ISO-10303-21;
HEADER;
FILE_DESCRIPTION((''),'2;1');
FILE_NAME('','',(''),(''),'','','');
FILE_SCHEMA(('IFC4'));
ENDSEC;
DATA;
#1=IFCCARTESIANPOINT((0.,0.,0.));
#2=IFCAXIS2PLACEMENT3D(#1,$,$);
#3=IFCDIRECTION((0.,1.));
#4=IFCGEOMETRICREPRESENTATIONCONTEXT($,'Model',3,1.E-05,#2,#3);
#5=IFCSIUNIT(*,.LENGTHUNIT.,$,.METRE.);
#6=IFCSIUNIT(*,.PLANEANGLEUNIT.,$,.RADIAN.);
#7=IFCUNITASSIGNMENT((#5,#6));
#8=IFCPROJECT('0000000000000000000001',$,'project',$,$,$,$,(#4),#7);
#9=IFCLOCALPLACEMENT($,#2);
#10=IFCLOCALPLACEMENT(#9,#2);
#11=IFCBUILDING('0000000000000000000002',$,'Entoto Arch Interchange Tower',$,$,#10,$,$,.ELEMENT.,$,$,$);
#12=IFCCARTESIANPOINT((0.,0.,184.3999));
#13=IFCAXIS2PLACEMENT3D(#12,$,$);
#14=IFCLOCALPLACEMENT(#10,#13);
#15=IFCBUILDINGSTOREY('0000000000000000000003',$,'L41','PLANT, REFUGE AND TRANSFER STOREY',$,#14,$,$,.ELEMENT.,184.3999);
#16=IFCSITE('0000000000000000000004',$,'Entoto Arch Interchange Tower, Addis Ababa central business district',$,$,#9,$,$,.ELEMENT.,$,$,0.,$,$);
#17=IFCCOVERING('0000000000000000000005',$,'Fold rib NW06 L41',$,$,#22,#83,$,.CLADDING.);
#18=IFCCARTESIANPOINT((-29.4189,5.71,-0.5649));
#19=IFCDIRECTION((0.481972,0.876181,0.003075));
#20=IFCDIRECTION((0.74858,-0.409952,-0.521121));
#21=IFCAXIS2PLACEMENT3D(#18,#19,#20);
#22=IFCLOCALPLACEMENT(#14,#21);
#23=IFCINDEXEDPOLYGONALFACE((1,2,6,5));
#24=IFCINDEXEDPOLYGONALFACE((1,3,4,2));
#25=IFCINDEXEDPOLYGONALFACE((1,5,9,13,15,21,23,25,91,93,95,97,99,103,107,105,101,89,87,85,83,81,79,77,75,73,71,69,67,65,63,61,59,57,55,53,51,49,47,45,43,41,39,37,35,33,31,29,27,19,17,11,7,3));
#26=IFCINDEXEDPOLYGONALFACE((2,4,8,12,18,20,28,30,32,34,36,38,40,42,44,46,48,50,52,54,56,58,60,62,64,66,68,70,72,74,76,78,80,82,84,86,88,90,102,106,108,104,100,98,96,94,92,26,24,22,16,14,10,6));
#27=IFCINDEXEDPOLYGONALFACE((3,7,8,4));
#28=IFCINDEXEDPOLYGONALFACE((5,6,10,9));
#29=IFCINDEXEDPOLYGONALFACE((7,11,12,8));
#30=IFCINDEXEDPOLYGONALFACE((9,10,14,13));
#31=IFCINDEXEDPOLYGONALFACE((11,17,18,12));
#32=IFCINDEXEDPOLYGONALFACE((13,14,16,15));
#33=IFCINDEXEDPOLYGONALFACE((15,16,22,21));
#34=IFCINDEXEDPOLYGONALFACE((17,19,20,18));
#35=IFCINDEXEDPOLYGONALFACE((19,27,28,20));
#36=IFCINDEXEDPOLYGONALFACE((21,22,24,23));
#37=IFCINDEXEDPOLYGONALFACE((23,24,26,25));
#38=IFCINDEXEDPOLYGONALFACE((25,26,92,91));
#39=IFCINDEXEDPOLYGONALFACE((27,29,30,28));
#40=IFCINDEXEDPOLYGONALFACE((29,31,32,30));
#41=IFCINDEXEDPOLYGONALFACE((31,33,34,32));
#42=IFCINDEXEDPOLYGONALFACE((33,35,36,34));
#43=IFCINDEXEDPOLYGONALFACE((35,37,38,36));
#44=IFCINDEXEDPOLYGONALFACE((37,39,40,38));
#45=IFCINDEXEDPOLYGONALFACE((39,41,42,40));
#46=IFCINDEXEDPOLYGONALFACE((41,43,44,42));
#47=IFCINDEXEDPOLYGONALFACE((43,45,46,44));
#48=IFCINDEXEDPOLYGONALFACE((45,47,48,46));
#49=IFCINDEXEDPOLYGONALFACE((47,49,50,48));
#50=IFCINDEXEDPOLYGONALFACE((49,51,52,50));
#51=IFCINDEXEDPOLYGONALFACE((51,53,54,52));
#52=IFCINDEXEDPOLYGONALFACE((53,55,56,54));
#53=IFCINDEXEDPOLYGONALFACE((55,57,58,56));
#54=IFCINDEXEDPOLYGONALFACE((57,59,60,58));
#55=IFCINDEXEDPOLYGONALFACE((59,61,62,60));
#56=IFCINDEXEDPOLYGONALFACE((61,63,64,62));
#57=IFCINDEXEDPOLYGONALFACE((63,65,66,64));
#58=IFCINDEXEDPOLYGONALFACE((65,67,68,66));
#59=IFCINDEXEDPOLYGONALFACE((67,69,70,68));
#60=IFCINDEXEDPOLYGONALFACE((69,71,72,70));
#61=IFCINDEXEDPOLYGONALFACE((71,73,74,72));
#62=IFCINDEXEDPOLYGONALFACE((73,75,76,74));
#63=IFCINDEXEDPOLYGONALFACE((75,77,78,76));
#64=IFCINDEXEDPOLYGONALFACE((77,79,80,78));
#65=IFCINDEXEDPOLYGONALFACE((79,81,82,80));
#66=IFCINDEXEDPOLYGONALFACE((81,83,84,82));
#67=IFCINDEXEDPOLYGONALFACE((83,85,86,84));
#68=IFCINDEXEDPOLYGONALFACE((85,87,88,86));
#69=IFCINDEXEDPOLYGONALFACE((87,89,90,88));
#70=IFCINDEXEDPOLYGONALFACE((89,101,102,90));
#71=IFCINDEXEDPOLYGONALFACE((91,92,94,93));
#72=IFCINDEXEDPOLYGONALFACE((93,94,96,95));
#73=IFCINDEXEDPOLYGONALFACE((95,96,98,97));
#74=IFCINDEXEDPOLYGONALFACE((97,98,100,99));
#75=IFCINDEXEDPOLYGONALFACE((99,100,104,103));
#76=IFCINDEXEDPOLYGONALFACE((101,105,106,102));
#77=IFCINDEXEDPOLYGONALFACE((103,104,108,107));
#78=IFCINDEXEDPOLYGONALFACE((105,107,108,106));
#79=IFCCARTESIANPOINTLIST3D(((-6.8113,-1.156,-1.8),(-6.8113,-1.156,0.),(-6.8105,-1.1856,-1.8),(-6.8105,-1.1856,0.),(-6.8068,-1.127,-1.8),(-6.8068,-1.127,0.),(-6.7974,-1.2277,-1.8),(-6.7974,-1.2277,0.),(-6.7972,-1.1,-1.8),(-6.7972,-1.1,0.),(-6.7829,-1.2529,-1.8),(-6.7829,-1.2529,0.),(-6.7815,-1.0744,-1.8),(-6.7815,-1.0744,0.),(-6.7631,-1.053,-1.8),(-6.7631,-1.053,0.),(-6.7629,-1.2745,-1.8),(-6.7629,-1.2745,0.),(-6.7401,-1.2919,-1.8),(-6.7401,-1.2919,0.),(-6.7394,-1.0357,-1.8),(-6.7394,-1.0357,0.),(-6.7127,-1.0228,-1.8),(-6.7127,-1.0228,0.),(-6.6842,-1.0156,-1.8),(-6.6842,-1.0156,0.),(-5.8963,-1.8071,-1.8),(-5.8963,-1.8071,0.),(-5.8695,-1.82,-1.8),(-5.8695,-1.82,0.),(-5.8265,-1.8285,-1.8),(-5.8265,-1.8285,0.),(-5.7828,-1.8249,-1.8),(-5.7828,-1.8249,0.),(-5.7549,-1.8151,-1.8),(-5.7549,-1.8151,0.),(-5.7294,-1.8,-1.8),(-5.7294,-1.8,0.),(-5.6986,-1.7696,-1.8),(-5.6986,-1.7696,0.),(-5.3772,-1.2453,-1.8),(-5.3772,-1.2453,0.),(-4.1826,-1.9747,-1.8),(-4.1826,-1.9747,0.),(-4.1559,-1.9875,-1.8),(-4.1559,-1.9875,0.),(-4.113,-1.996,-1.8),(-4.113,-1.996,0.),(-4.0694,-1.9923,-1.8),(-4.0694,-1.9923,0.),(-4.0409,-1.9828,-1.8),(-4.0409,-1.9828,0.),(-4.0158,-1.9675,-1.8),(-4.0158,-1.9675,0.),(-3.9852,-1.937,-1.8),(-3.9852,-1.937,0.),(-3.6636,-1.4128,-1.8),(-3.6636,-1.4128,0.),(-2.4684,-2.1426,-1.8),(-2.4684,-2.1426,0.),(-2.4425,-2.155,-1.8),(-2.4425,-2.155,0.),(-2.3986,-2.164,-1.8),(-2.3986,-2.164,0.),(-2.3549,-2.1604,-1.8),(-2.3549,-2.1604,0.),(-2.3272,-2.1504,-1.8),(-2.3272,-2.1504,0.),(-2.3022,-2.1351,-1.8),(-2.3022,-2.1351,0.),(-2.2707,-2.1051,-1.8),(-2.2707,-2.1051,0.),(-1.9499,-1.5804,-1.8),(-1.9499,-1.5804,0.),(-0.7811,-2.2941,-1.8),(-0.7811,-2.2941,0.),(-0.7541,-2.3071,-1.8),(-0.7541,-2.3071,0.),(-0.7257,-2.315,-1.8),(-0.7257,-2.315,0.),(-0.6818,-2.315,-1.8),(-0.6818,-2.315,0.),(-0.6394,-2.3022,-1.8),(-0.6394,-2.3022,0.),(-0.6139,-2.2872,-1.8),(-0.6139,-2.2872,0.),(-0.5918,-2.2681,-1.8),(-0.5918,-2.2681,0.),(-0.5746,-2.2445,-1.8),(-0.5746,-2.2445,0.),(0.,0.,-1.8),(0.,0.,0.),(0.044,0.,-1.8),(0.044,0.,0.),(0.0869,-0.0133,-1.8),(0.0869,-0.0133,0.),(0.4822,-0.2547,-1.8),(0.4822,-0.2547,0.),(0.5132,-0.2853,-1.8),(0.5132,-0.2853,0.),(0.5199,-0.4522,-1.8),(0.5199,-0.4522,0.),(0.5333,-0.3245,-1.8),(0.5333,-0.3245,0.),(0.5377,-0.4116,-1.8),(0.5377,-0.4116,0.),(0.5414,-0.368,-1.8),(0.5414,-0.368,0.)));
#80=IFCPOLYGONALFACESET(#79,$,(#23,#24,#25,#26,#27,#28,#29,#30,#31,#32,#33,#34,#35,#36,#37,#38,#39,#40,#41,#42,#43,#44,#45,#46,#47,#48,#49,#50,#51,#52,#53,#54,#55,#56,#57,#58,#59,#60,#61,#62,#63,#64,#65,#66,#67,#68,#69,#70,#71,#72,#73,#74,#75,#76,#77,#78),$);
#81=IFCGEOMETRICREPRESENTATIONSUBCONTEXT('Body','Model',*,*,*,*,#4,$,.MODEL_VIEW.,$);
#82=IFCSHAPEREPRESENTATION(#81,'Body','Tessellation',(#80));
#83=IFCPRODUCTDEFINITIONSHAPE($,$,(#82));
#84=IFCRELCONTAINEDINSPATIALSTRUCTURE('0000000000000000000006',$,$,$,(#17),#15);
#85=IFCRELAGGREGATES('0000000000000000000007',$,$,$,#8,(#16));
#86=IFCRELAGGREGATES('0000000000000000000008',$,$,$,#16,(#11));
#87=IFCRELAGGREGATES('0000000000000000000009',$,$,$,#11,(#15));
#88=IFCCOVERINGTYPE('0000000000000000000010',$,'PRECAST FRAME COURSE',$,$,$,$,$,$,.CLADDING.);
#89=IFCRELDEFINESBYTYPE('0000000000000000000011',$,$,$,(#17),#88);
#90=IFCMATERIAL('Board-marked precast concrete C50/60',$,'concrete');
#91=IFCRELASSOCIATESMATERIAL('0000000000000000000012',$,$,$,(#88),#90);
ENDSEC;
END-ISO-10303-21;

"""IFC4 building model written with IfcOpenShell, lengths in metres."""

from ifc_helpers import new_model, si_unit, direction, frame, origin, place, context, subcontext, project, spatial, polyline, outline, extrude, material, type_object, element, save


model = new_model("IFC4")

# Units and contexts
model_context = context("Model", 3, precision=1e-05, world=origin(), true_north=direction((0.0, 1.0)))
body_context = subcontext(model_context, "Body", "Model", "MODEL_VIEW")
ifc_project = project(units=[si_unit("LENGTHUNIT", "METRE"), si_unit("PLANEANGLEUNIT", "RADIAN")], contexts=[model_context])

# Site, building, storey
site_placement = place(None, origin())
site = spatial("IfcSite", under=ifc_project, at=site_placement, Name="Entoto Arch Interchange Tower, Addis Ababa central business district", CompositionType="ELEMENT", RefElevation=0.0)
building_placement = place(site_placement, origin())
building = spatial("IfcBuilding", under=site, at=building_placement, Name="Entoto Arch Interchange Tower", CompositionType="ELEMENT")
storey_placement = place(building_placement, frame((0.0, 0.0, 184.3999)))
storey = spatial("IfcBuildingStorey", under=building, at=storey_placement, Name="L41", Description="PLANT, REFUGE AND TRANSFER STOREY", CompositionType="ELEMENT", Elevation=184.3999)

# Shared definitions
ifc_material_1 = material(Name="Board-marked precast concrete C50/60", Category="concrete")

# Covering
covering_type = type_object("IfcCoveringType", Name="PRECAST FRAME COURSE", PredefinedType="CLADDING", material=ifc_material_1)
covering_placement = place(storey_placement, frame((-29.4189, 5.71, -0.5649), z_axis=(0.481972, 0.876181, 0.003075), x_axis=(0.74858, -0.409952, -0.521121)))
element("IfcCovering", 1, at=covering_placement, inside=storey, type_object=covering_type, Name="Fold rib NW06 L41", PredefinedType="CLADDING", context=body_context, shape_type="SweptSolid", body=[
    extrude(outline(polyline([(0.0, 0.0), (0.044, 0.0), (0.0869, -0.0133), (0.4822, -0.2547), (0.5132, -0.2853), (0.5333, -0.3245), (0.5414, -0.368), (0.5377, -0.4116), (0.5199, -0.4522), (-0.5746, -2.2445), (-0.5918, -2.2681), (-0.6139, -2.2872), (-0.6394, -2.3022), (-0.6818, -2.315), (-0.7257, -2.315), (-0.7541, -2.3071), (-0.7811, -2.2941), (-1.9499, -1.5804), (-2.2707, -2.1051), (-2.3022, -2.1351), (-2.3272, -2.1504), (-2.3549, -2.1604), (-2.3986, -2.164), (-2.4425, -2.155), (-2.4684, -2.1426), (-3.6636, -1.4128), (-3.9852, -1.937), (-4.0158, -1.9675), (-4.0409, -1.9828), (-4.0694, -1.9923), (-4.113, -1.996), (-4.1559, -1.9875), (-4.1826, -1.9747), (-5.3772, -1.2453), (-5.6986, -1.7696), (-5.7294, -1.8), (-5.7549, -1.8151), (-5.7828, -1.8249), (-5.8265, -1.8285), (-5.8695, -1.82), (-5.8963, -1.8071), (-6.7401, -1.2919), (-6.7629, -1.2745), (-6.7829, -1.2529), (-6.7974, -1.2277), (-6.8105, -1.1856), (-6.8113, -1.156), (-6.8068, -1.127), (-6.7972, -1.1), (-6.7815, -1.0744), (-6.7631, -1.053), (-6.7394, -1.0357), (-6.7127, -1.0228), (-6.6842, -1.0156), (0.0, 0.0)])), origin(), (0.0, 0.0, -1.0), 1.8),
])

save(model, "model.ifc")
